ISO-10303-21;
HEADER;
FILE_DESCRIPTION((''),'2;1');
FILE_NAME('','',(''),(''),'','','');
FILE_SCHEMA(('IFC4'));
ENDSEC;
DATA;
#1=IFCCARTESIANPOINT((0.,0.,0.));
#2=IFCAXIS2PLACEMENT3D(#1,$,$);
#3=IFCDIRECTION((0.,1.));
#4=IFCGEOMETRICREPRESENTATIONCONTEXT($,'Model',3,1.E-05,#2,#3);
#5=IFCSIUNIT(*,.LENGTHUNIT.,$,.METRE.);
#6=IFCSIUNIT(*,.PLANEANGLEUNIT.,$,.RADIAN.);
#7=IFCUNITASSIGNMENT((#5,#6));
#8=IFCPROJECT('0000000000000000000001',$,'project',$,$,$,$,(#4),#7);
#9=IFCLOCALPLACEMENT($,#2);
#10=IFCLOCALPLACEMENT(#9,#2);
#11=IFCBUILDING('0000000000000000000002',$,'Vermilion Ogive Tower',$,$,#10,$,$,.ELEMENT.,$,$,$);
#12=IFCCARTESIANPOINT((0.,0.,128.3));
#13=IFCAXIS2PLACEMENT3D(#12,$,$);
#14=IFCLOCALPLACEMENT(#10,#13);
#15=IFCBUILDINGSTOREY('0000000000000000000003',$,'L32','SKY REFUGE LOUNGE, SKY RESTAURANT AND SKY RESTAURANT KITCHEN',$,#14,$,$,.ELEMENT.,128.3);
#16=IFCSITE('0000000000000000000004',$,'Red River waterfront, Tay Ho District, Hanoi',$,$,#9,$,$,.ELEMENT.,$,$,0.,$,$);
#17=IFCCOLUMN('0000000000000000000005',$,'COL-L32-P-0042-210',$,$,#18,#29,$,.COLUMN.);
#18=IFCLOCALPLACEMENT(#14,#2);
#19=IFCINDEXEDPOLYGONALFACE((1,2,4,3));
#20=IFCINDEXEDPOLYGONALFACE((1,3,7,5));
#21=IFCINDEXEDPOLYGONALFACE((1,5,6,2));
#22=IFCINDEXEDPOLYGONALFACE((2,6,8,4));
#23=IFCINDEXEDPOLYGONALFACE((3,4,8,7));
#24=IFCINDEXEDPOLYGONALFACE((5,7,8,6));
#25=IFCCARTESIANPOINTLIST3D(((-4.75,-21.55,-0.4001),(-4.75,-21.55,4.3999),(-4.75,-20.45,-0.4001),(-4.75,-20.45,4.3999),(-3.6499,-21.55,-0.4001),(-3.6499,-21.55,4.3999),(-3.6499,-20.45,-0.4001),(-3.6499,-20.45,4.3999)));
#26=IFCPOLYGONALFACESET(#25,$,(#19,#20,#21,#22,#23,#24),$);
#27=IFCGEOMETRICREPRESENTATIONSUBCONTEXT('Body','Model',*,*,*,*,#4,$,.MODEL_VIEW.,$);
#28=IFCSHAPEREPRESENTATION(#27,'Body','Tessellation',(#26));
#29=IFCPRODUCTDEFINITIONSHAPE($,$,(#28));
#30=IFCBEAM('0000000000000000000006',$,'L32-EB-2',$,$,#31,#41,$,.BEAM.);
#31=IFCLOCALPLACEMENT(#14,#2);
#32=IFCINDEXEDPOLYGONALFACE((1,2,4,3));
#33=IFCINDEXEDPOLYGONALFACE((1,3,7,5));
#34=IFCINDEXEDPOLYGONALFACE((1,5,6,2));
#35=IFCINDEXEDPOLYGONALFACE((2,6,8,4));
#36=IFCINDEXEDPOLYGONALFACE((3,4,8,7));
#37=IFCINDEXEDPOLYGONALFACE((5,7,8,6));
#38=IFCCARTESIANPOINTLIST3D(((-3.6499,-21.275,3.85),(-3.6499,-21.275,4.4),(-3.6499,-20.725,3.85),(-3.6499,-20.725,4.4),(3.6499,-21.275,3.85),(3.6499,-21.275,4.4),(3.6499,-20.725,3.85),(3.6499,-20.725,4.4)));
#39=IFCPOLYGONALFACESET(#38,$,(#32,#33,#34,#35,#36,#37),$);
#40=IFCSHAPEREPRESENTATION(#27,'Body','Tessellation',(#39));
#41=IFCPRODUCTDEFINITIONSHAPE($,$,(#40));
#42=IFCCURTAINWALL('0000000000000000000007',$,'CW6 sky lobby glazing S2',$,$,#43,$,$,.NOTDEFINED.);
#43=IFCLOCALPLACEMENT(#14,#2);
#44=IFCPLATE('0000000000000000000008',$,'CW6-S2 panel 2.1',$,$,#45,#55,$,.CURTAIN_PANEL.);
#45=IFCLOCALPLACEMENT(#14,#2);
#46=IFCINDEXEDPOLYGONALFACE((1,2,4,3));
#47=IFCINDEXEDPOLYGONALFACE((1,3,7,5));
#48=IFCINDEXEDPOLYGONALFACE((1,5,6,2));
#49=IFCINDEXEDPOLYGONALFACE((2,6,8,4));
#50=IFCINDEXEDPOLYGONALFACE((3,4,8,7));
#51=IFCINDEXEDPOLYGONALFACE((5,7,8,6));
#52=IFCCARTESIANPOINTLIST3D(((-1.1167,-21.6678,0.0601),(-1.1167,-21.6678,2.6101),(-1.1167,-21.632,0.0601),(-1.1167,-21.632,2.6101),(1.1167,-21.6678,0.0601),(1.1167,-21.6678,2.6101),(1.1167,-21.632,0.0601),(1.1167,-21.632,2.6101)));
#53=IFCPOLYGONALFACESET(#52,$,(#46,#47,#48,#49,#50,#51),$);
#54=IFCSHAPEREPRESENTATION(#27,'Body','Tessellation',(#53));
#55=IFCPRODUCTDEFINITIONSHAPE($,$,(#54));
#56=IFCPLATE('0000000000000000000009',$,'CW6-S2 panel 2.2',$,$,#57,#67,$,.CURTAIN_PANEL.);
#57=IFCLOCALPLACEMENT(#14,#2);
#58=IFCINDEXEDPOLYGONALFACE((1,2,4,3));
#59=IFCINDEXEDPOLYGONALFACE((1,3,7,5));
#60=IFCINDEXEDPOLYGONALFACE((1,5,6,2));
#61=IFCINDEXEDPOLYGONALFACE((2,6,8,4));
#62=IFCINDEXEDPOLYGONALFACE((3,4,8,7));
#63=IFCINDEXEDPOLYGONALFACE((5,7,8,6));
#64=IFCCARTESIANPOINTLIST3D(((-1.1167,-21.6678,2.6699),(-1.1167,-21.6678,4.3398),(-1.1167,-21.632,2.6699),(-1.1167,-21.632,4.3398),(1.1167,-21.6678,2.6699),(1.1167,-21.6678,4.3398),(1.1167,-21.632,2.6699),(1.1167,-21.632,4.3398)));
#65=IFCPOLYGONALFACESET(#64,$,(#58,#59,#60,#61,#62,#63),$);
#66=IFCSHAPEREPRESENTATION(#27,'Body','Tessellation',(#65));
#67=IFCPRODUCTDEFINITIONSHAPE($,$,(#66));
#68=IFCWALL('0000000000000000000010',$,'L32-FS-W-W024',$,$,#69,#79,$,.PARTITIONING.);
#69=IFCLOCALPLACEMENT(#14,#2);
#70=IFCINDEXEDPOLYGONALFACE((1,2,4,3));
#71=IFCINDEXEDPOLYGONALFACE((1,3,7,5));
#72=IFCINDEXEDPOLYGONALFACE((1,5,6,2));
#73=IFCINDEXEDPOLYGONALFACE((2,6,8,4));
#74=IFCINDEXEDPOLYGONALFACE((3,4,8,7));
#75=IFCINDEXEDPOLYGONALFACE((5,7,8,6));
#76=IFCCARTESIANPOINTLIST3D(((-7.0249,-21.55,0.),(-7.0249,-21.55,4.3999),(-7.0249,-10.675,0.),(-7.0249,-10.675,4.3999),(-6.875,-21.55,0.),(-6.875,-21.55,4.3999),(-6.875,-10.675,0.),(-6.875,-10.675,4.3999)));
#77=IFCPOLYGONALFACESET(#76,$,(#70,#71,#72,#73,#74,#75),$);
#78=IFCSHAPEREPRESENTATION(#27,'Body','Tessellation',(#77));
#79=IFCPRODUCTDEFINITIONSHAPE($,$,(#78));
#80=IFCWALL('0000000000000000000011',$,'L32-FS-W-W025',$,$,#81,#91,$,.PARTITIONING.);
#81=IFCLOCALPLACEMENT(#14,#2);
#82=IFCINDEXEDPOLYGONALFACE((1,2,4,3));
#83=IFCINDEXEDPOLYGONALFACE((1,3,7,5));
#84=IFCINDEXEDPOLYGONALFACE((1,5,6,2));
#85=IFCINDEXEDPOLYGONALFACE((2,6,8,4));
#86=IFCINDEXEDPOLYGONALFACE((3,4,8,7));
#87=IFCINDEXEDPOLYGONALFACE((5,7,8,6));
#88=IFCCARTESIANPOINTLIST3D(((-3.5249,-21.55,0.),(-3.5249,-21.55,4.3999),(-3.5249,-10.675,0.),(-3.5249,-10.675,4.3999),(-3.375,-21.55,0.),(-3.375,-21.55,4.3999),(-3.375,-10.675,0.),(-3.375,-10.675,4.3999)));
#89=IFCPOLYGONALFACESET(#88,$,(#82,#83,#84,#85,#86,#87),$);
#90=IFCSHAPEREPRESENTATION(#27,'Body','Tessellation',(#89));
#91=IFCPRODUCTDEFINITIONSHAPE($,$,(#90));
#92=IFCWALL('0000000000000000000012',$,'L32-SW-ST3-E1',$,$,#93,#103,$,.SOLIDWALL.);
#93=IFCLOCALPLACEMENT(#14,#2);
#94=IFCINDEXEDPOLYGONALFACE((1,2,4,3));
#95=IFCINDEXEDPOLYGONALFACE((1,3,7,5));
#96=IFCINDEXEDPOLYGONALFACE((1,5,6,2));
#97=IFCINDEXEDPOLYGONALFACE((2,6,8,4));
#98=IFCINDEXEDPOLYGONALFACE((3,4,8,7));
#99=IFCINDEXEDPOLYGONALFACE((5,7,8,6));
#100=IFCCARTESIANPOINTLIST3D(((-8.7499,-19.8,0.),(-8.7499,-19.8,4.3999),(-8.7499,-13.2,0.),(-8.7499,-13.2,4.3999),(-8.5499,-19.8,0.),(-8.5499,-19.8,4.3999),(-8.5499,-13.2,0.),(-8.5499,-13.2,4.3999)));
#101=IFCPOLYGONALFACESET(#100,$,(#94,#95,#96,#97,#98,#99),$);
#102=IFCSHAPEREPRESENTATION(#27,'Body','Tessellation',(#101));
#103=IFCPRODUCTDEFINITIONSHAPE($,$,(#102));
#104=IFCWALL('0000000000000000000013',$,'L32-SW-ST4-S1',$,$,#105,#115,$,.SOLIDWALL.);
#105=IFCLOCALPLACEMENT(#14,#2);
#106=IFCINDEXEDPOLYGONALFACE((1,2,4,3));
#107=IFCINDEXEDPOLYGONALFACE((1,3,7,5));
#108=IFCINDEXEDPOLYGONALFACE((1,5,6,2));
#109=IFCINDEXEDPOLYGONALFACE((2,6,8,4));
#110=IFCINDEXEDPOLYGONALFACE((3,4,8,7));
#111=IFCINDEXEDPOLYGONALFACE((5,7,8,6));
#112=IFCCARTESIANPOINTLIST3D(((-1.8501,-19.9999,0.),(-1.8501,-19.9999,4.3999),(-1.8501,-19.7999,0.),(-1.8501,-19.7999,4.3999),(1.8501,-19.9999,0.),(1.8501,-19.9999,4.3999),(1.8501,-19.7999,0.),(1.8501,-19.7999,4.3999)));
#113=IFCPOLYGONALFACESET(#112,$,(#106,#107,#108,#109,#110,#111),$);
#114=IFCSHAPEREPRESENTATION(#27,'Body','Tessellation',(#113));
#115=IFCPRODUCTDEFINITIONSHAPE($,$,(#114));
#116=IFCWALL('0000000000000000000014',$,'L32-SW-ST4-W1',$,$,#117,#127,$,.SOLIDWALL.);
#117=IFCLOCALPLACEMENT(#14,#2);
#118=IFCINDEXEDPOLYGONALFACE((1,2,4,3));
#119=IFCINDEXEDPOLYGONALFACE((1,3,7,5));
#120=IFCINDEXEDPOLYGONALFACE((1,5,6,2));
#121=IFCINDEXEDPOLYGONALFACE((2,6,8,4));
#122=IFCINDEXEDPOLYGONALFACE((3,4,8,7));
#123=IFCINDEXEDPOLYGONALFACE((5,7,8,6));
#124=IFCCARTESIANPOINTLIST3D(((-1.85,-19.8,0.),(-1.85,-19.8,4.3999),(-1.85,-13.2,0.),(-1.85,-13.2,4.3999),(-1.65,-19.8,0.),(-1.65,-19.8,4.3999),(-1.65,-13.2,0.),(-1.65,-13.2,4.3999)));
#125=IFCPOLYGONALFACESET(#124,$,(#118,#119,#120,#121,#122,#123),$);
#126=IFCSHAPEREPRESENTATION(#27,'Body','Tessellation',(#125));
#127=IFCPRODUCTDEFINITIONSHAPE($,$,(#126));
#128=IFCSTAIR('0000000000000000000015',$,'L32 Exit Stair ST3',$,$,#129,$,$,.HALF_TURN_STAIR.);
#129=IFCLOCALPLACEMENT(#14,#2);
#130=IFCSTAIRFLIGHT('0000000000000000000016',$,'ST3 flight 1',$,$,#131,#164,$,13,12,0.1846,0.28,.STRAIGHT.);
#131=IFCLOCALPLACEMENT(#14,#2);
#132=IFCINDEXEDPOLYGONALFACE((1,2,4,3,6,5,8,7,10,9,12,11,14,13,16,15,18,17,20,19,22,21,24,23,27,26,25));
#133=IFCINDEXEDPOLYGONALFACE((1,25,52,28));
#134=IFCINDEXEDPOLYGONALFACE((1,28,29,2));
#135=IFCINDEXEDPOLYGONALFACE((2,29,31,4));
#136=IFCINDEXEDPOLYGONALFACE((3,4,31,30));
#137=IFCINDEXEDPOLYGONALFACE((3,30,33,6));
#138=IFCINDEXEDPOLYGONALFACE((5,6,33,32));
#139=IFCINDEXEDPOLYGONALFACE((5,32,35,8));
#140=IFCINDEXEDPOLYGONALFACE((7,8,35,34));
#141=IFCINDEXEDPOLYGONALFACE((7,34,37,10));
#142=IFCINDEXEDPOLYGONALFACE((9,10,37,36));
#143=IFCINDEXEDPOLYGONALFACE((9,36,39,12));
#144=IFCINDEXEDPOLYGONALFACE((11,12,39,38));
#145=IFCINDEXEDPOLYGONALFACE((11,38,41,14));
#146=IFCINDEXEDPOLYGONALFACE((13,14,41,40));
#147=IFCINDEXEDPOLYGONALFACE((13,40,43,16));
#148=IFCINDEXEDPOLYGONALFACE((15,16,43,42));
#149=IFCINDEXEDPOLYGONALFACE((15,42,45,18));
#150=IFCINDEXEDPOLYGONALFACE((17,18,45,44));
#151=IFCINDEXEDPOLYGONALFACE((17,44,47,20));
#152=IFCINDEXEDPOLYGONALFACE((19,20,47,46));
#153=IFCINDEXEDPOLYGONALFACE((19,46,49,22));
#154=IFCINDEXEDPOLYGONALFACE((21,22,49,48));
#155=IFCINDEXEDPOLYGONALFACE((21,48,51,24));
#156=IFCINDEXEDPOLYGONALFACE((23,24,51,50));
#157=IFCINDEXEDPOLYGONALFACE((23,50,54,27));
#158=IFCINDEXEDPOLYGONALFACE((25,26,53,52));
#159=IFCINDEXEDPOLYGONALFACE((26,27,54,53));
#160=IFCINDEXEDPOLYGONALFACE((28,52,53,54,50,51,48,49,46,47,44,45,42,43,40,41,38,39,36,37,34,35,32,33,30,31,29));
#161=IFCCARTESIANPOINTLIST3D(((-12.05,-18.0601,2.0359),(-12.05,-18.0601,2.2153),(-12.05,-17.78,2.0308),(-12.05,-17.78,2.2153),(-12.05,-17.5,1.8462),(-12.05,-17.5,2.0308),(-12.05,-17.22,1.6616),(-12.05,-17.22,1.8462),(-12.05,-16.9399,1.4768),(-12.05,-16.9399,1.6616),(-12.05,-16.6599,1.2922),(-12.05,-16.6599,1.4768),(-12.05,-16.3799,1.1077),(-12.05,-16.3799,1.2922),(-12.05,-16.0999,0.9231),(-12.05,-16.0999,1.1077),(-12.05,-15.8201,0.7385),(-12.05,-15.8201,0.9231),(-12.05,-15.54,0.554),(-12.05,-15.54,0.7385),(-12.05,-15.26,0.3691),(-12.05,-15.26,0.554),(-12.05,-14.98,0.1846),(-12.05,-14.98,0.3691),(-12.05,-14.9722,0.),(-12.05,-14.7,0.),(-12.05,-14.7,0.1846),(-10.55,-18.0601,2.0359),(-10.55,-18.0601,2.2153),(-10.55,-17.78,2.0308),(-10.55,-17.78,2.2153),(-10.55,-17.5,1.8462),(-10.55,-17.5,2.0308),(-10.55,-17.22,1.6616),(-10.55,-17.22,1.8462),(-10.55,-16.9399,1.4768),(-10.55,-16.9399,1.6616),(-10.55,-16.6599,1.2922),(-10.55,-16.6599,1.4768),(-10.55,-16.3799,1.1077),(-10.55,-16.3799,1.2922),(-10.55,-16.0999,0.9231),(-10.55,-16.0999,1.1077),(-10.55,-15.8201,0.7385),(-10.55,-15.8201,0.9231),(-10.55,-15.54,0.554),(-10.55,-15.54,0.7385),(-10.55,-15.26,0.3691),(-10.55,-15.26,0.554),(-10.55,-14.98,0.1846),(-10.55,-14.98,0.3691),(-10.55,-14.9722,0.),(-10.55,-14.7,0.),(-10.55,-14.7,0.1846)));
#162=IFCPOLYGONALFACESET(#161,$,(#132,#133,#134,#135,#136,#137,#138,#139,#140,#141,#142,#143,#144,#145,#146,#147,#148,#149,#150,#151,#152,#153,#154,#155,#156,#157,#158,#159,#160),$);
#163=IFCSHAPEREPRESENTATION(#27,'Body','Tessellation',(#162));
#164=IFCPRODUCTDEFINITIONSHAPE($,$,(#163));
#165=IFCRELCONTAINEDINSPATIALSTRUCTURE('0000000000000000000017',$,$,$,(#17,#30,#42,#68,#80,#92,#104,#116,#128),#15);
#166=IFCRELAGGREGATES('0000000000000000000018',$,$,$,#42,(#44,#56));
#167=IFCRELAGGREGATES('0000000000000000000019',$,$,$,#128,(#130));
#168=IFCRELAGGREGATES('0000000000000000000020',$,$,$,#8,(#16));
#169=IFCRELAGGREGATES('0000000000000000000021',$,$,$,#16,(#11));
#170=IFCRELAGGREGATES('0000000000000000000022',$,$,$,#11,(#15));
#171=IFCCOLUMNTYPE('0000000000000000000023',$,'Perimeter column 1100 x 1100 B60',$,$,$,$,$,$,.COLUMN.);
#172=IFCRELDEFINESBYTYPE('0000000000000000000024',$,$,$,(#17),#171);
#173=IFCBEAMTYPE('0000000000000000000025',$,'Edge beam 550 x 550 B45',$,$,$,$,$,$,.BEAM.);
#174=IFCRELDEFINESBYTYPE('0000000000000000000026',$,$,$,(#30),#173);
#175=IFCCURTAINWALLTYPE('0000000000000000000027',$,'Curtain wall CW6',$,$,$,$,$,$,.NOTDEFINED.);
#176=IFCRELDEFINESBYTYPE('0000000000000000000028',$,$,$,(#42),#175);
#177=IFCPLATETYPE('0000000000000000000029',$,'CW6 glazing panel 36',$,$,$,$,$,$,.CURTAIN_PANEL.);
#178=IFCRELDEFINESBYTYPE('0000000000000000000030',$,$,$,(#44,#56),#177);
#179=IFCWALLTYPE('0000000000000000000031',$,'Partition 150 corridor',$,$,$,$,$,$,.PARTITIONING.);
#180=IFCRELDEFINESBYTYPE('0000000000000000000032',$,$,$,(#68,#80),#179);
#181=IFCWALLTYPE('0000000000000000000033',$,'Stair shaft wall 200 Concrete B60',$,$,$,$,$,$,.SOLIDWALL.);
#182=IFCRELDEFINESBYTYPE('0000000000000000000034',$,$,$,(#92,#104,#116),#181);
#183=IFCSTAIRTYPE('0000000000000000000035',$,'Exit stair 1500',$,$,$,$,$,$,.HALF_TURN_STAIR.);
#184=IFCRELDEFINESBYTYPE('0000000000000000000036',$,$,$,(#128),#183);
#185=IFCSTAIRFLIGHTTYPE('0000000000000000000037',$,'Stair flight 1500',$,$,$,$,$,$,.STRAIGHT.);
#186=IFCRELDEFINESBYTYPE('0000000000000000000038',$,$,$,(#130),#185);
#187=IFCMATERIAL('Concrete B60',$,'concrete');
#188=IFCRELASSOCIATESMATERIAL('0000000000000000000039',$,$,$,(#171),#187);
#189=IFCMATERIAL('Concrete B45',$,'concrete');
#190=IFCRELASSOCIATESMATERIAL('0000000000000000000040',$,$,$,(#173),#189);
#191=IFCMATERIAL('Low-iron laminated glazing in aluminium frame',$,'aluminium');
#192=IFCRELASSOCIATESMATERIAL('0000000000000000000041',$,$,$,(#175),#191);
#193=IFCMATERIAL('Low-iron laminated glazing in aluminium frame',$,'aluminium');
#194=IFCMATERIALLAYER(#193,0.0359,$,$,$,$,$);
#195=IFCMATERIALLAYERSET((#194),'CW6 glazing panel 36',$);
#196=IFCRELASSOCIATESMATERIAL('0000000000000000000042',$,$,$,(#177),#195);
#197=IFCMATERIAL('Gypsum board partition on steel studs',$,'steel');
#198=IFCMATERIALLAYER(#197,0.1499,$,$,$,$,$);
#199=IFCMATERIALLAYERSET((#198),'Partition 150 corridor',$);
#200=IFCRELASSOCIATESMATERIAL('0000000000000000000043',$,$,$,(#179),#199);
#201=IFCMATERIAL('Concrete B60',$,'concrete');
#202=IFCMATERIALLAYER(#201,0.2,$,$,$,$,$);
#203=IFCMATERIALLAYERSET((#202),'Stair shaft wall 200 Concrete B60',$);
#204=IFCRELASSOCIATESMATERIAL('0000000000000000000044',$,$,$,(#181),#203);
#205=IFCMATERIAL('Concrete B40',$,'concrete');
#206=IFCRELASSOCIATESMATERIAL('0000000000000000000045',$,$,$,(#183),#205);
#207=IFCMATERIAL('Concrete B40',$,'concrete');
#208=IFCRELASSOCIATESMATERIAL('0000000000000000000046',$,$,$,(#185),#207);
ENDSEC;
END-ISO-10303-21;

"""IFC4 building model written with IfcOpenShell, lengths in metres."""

from ifc_helpers import new_model, si_unit, direction, frame, frame_2d, origin, origin_2d, place, context, subcontext, project, spatial, polyline, rectangle, outline, extrude, material, layer, layer_set, material_profile, profile_set, type_object, element, aggregate, save


model = new_model("IFC4")

# Units and contexts
model_context = context("Model", 3, precision=1e-05, world=origin(), true_north=direction((0.0, 1.0)))
body_context = subcontext(model_context, "Body", "Model", "MODEL_VIEW")
ifc_project = project(units=[si_unit("LENGTHUNIT", "METRE"), si_unit("PLANEANGLEUNIT", "RADIAN")], contexts=[model_context])

# Site, building, storey
site_placement = place(None, origin())
site = spatial("IfcSite", under=ifc_project, at=site_placement, Name="Red River waterfront, Tay Ho District, Hanoi", CompositionType="ELEMENT", RefElevation=0.0)
building_placement = place(site_placement, origin())
building = spatial("IfcBuilding", under=site, at=building_placement, Name="Vermilion Ogive Tower", CompositionType="ELEMENT")
storey_placement = place(building_placement, frame((0.0, 0.0, 128.3)))
storey = spatial("IfcBuildingStorey", under=building, at=storey_placement, Name="L32", Description="SKY REFUGE LOUNGE, SKY RESTAURANT AND SKY RESTAURANT KITCHEN", CompositionType="ELEMENT", Elevation=128.3)

# Column
ifc_material_1 = material(Name="Concrete B60", Category="concrete")
ifc_material_profile_1 = material_profile(ifc_material_1, rectangle(XDim=1.1001, YDim=1.1001, at=origin_2d()), Name="1100 x 1100")
ifc_profile_set_1 = profile_set([ifc_material_profile_1], Name="Concrete B60")
column_type = type_object("IfcColumnType", Name="Perimeter column 1100 x 1100 B60", PredefinedType="COLUMN", material=ifc_profile_set_1)
column_placement = place(storey_placement, frame((-4.2, -21.0, -0.4001), z_axis=(0.0, 0.0, 1.0), x_axis=(1.0, 0.0, 0.0)))
element("IfcColumn", 1, at=column_placement, inside=storey, type_object=column_type, Name="COL-L32-P-0042-210", PredefinedType="COLUMN", context=body_context, shape_type="SweptSolid", body=[
    extrude(rectangle(XDim=1.1001, YDim=1.1001, at=origin_2d()), origin(), (0.0, 0.0, 1.0), 4.8),
])

# Beam
ifc_material_2 = material(Name="Concrete B45", Category="concrete")
ifc_material_profile_2 = material_profile(ifc_material_2, rectangle(XDim=0.55, YDim=0.55, at=origin_2d()), Name="550 x 550")
ifc_profile_set_2 = profile_set([ifc_material_profile_2], Name="Concrete B45")
beam_type = type_object("IfcBeamType", Name="Edge beam 550 x 550 B45", PredefinedType="BEAM", material=ifc_profile_set_2)
beam_placement = place(storey_placement, frame((-3.6499, -21.0, 4.125), z_axis=(1.0, 0.0, 0.0), x_axis=(0.0, 1.0, 0.0)))
element("IfcBeam", 2, at=beam_placement, inside=storey, type_object=beam_type, Name="L32-EB-2", PredefinedType="BEAM", context=body_context, shape_type="SweptSolid", body=[
    extrude(rectangle(XDim=0.55, YDim=0.55, at=origin_2d()), origin(), (0.0, 0.0, 1.0), 7.2998),
])

# Curtain wall, plates
ifc_material_3 = material(Name="Low-iron laminated glazing in aluminium frame", Category="aluminium")
curtain_wall_type = type_object("IfcCurtainWallType", Name="Curtain wall CW6", PredefinedType="NOTDEFINED", material=ifc_material_3)
curtain_wall_placement = place(storey_placement, origin())
curtain_wall = element("IfcCurtainWall", 3, at=curtain_wall_placement, inside=storey, type_object=curtain_wall_type, Name="CW6 sky lobby glazing S2", PredefinedType="NOTDEFINED")
ifc_material_4 = material(Name="Low-iron laminated glazing in aluminium frame", Category="aluminium")
ifc_layer_1 = layer(ifc_material_4, 0.0359)
ifc_layer_set_1 = layer_set([ifc_layer_1], Name="CW6 glazing panel 36")
plate_type = type_object("IfcPlateType", Name="CW6 glazing panel 36", PredefinedType="CURTAIN_PANEL", material=ifc_layer_set_1)
plate_1_placement = place(storey_placement, frame((0.0, -21.6499, 0.0601), z_axis=(0.0, 0.0, 1.0), x_axis=(1.0, 0.0, 0.0)))
plate_1 = element("IfcPlate", 4, at=plate_1_placement, type_object=plate_type, Name="CW6-S2 panel 2.1", PredefinedType="CURTAIN_PANEL", context=body_context, shape_type="SweptSolid", body=[
    extrude(rectangle(XDim=2.2334, YDim=0.0359, at=origin_2d()), origin(), (0.0, 0.0, 1.0), 2.55),
])
plate_2_placement = place(storey_placement, frame((0.0, -21.6499, 2.6699), z_axis=(0.0, 0.0, 1.0), x_axis=(1.0, 0.0, 0.0)))
plate_2 = element("IfcPlate", 5, at=plate_2_placement, type_object=plate_type, Name="CW6-S2 panel 2.2", PredefinedType="CURTAIN_PANEL", context=body_context, shape_type="SweptSolid", body=[
    extrude(rectangle(XDim=2.2334, YDim=0.0359, at=origin_2d()), origin(), (0.0, 0.0, 1.0), 1.6699),
])
aggregate(curtain_wall, [plate_1, plate_2])

# Walls
ifc_material_5 = material(Name="Gypsum board partition on steel studs", Category="steel")
ifc_layer_2 = layer(ifc_material_5, 0.1499)
ifc_layer_set_2 = layer_set([ifc_layer_2], Name="Partition 150 corridor")
wall_type_1 = type_object("IfcWallType", Name="Partition 150 corridor", PredefinedType="PARTITIONING", material=ifc_layer_set_2)
for number, where, z_axis, x_axis, name in (
    (6, (-6.95, -21.55, 0.0), (0.0, 0.0, 1.0), (0.0, 1.0, 0.0), "L32-FS-W-W024"),
    (7, (-3.45, -21.55, 0.0), (0.0, 0.0, 1.0), (0.0, 1.0, 0.0), "L32-FS-W-W025"),
):
    element("IfcWall", number, at=place(storey_placement, frame(where, z_axis=z_axis, x_axis=x_axis)), inside=storey, type_object=wall_type_1, Name=name, PredefinedType="PARTITIONING", context=body_context, shape_type="SweptSolid", body=[
        extrude(rectangle(XDim=10.875, YDim=0.1499, at=frame_2d((5.4375, 0.0))), origin(), (0.0, 0.0, 1.0), 4.3999),
    ])
ifc_material_6 = material(Name="Concrete B60", Category="concrete")
ifc_layer_3 = layer(ifc_material_6, 0.2)
ifc_layer_set_3 = layer_set([ifc_layer_3], Name="Stair shaft wall 200 Concrete B60")
wall_type_2 = type_object("IfcWallType", Name="Stair shaft wall 200 Concrete B60", PredefinedType="SOLIDWALL", material=ifc_layer_set_3)
wall_1_placement = place(storey_placement, frame((-8.6499, -19.8, 0.0), z_axis=(0.0, 0.0, 1.0), x_axis=(0.0, 1.0, 0.0)))
element("IfcWall", 8, at=wall_1_placement, inside=storey, type_object=wall_type_2, Name="L32-SW-ST3-E1", PredefinedType="SOLIDWALL", context=body_context, shape_type="SweptSolid", body=[
    extrude(rectangle(XDim=6.6001, YDim=0.2, at=frame_2d((3.3, 0.0))), origin(), (0.0, 0.0, 1.0), 4.3999),
])
wall_2_placement = place(storey_placement, frame((-1.8501, -19.8999, 0.0), z_axis=(0.0, 0.0, 1.0), x_axis=(1.0, 0.0, 0.0)))
element("IfcWall", 9, at=wall_2_placement, inside=storey, type_object=wall_type_2, Name="L32-SW-ST4-S1", PredefinedType="SOLIDWALL", context=body_context, shape_type="SweptSolid", body=[
    extrude(rectangle(XDim=3.7002, YDim=0.2, at=frame_2d((1.8501, 0.0))), origin(), (0.0, 0.0, 1.0), 4.3999),
])
wall_3_placement = place(storey_placement, frame((-1.75, -19.8, 0.0), z_axis=(0.0, 0.0, 1.0), x_axis=(0.0, 1.0, 0.0)))
element("IfcWall", 10, at=wall_3_placement, inside=storey, type_object=wall_type_2, Name="L32-SW-ST4-W1", PredefinedType="SOLIDWALL", context=body_context, shape_type="SweptSolid", body=[
    extrude(rectangle(XDim=6.6001, YDim=0.2, at=frame_2d((3.3, 0.0))), origin(), (0.0, 0.0, 1.0), 4.3999),
])

# Stair, stair flight
ifc_material_7 = material(Name="Concrete B40", Category="concrete")
stair_type = type_object("IfcStairType", Name="Exit stair 1500", PredefinedType="HALF_TURN_STAIR", material=ifc_material_7)
stair_placement = place(storey_placement, origin())
stair = element("IfcStair", 11, at=stair_placement, inside=storey, type_object=stair_type, Name="L32 Exit Stair ST3", PredefinedType="HALF_TURN_STAIR")
ifc_material_8 = material(Name="Concrete B40", Category="concrete")
stair_flight_type = type_object("IfcStairFlightType", Name="Stair flight 1500", PredefinedType="STRAIGHT", material=ifc_material_8)
stair_flight_1_placement = place(storey_placement, frame((-11.3, -14.7, 0.0), z_axis=(0.0, 0.0, 1.0), x_axis=(0.0, -1.0, 0.0)))
stair_flight_1 = element("IfcStairFlight", 12, at=stair_flight_1_placement, type_object=stair_flight_type, Name="ST3 flight 1", NumberOfRisers=13, NumberOfTreads=12, PredefinedType="STRAIGHT", RiserHeight=0.1846, TreadLength=0.28, context=body_context, shape_type="SweptSolid", body=[
    extrude(outline(polyline([(0.0, 0.0), (0.0, 0.1846), (0.28, 0.1846), (0.28, 0.3691), (0.5601, 0.3691), (0.5601, 0.554), (0.8401, 0.554), (0.8401, 0.7385), (1.1201, 0.7385), (1.1201, 0.9231), (1.3999, 0.9231), (1.3999, 1.1077), (1.6799, 1.1077), (1.6799, 1.2922), (1.96, 1.2922), (1.96, 1.4768), (2.24, 1.4768), (2.24, 1.6616), (2.52, 1.6616), (2.52, 1.8462), (2.8, 1.8462), (2.8, 2.0308), (3.0801, 2.0308), (3.0801, 2.2153), (3.3601, 2.2153), (3.3601, 2.3999), (3.3601, 2.0359), (0.2722, 0.0), (0.0, 0.0)])), frame((0.0, 0.75, 0.0), z_axis=(0.0, -1.0, 0.0), x_axis=(1.0, 0.0, 0.0)), (0.0, 0.0, 1.0), 1.5),
])
aggregate(stair, [stair_flight_1])

save(model, "model.ifc")
